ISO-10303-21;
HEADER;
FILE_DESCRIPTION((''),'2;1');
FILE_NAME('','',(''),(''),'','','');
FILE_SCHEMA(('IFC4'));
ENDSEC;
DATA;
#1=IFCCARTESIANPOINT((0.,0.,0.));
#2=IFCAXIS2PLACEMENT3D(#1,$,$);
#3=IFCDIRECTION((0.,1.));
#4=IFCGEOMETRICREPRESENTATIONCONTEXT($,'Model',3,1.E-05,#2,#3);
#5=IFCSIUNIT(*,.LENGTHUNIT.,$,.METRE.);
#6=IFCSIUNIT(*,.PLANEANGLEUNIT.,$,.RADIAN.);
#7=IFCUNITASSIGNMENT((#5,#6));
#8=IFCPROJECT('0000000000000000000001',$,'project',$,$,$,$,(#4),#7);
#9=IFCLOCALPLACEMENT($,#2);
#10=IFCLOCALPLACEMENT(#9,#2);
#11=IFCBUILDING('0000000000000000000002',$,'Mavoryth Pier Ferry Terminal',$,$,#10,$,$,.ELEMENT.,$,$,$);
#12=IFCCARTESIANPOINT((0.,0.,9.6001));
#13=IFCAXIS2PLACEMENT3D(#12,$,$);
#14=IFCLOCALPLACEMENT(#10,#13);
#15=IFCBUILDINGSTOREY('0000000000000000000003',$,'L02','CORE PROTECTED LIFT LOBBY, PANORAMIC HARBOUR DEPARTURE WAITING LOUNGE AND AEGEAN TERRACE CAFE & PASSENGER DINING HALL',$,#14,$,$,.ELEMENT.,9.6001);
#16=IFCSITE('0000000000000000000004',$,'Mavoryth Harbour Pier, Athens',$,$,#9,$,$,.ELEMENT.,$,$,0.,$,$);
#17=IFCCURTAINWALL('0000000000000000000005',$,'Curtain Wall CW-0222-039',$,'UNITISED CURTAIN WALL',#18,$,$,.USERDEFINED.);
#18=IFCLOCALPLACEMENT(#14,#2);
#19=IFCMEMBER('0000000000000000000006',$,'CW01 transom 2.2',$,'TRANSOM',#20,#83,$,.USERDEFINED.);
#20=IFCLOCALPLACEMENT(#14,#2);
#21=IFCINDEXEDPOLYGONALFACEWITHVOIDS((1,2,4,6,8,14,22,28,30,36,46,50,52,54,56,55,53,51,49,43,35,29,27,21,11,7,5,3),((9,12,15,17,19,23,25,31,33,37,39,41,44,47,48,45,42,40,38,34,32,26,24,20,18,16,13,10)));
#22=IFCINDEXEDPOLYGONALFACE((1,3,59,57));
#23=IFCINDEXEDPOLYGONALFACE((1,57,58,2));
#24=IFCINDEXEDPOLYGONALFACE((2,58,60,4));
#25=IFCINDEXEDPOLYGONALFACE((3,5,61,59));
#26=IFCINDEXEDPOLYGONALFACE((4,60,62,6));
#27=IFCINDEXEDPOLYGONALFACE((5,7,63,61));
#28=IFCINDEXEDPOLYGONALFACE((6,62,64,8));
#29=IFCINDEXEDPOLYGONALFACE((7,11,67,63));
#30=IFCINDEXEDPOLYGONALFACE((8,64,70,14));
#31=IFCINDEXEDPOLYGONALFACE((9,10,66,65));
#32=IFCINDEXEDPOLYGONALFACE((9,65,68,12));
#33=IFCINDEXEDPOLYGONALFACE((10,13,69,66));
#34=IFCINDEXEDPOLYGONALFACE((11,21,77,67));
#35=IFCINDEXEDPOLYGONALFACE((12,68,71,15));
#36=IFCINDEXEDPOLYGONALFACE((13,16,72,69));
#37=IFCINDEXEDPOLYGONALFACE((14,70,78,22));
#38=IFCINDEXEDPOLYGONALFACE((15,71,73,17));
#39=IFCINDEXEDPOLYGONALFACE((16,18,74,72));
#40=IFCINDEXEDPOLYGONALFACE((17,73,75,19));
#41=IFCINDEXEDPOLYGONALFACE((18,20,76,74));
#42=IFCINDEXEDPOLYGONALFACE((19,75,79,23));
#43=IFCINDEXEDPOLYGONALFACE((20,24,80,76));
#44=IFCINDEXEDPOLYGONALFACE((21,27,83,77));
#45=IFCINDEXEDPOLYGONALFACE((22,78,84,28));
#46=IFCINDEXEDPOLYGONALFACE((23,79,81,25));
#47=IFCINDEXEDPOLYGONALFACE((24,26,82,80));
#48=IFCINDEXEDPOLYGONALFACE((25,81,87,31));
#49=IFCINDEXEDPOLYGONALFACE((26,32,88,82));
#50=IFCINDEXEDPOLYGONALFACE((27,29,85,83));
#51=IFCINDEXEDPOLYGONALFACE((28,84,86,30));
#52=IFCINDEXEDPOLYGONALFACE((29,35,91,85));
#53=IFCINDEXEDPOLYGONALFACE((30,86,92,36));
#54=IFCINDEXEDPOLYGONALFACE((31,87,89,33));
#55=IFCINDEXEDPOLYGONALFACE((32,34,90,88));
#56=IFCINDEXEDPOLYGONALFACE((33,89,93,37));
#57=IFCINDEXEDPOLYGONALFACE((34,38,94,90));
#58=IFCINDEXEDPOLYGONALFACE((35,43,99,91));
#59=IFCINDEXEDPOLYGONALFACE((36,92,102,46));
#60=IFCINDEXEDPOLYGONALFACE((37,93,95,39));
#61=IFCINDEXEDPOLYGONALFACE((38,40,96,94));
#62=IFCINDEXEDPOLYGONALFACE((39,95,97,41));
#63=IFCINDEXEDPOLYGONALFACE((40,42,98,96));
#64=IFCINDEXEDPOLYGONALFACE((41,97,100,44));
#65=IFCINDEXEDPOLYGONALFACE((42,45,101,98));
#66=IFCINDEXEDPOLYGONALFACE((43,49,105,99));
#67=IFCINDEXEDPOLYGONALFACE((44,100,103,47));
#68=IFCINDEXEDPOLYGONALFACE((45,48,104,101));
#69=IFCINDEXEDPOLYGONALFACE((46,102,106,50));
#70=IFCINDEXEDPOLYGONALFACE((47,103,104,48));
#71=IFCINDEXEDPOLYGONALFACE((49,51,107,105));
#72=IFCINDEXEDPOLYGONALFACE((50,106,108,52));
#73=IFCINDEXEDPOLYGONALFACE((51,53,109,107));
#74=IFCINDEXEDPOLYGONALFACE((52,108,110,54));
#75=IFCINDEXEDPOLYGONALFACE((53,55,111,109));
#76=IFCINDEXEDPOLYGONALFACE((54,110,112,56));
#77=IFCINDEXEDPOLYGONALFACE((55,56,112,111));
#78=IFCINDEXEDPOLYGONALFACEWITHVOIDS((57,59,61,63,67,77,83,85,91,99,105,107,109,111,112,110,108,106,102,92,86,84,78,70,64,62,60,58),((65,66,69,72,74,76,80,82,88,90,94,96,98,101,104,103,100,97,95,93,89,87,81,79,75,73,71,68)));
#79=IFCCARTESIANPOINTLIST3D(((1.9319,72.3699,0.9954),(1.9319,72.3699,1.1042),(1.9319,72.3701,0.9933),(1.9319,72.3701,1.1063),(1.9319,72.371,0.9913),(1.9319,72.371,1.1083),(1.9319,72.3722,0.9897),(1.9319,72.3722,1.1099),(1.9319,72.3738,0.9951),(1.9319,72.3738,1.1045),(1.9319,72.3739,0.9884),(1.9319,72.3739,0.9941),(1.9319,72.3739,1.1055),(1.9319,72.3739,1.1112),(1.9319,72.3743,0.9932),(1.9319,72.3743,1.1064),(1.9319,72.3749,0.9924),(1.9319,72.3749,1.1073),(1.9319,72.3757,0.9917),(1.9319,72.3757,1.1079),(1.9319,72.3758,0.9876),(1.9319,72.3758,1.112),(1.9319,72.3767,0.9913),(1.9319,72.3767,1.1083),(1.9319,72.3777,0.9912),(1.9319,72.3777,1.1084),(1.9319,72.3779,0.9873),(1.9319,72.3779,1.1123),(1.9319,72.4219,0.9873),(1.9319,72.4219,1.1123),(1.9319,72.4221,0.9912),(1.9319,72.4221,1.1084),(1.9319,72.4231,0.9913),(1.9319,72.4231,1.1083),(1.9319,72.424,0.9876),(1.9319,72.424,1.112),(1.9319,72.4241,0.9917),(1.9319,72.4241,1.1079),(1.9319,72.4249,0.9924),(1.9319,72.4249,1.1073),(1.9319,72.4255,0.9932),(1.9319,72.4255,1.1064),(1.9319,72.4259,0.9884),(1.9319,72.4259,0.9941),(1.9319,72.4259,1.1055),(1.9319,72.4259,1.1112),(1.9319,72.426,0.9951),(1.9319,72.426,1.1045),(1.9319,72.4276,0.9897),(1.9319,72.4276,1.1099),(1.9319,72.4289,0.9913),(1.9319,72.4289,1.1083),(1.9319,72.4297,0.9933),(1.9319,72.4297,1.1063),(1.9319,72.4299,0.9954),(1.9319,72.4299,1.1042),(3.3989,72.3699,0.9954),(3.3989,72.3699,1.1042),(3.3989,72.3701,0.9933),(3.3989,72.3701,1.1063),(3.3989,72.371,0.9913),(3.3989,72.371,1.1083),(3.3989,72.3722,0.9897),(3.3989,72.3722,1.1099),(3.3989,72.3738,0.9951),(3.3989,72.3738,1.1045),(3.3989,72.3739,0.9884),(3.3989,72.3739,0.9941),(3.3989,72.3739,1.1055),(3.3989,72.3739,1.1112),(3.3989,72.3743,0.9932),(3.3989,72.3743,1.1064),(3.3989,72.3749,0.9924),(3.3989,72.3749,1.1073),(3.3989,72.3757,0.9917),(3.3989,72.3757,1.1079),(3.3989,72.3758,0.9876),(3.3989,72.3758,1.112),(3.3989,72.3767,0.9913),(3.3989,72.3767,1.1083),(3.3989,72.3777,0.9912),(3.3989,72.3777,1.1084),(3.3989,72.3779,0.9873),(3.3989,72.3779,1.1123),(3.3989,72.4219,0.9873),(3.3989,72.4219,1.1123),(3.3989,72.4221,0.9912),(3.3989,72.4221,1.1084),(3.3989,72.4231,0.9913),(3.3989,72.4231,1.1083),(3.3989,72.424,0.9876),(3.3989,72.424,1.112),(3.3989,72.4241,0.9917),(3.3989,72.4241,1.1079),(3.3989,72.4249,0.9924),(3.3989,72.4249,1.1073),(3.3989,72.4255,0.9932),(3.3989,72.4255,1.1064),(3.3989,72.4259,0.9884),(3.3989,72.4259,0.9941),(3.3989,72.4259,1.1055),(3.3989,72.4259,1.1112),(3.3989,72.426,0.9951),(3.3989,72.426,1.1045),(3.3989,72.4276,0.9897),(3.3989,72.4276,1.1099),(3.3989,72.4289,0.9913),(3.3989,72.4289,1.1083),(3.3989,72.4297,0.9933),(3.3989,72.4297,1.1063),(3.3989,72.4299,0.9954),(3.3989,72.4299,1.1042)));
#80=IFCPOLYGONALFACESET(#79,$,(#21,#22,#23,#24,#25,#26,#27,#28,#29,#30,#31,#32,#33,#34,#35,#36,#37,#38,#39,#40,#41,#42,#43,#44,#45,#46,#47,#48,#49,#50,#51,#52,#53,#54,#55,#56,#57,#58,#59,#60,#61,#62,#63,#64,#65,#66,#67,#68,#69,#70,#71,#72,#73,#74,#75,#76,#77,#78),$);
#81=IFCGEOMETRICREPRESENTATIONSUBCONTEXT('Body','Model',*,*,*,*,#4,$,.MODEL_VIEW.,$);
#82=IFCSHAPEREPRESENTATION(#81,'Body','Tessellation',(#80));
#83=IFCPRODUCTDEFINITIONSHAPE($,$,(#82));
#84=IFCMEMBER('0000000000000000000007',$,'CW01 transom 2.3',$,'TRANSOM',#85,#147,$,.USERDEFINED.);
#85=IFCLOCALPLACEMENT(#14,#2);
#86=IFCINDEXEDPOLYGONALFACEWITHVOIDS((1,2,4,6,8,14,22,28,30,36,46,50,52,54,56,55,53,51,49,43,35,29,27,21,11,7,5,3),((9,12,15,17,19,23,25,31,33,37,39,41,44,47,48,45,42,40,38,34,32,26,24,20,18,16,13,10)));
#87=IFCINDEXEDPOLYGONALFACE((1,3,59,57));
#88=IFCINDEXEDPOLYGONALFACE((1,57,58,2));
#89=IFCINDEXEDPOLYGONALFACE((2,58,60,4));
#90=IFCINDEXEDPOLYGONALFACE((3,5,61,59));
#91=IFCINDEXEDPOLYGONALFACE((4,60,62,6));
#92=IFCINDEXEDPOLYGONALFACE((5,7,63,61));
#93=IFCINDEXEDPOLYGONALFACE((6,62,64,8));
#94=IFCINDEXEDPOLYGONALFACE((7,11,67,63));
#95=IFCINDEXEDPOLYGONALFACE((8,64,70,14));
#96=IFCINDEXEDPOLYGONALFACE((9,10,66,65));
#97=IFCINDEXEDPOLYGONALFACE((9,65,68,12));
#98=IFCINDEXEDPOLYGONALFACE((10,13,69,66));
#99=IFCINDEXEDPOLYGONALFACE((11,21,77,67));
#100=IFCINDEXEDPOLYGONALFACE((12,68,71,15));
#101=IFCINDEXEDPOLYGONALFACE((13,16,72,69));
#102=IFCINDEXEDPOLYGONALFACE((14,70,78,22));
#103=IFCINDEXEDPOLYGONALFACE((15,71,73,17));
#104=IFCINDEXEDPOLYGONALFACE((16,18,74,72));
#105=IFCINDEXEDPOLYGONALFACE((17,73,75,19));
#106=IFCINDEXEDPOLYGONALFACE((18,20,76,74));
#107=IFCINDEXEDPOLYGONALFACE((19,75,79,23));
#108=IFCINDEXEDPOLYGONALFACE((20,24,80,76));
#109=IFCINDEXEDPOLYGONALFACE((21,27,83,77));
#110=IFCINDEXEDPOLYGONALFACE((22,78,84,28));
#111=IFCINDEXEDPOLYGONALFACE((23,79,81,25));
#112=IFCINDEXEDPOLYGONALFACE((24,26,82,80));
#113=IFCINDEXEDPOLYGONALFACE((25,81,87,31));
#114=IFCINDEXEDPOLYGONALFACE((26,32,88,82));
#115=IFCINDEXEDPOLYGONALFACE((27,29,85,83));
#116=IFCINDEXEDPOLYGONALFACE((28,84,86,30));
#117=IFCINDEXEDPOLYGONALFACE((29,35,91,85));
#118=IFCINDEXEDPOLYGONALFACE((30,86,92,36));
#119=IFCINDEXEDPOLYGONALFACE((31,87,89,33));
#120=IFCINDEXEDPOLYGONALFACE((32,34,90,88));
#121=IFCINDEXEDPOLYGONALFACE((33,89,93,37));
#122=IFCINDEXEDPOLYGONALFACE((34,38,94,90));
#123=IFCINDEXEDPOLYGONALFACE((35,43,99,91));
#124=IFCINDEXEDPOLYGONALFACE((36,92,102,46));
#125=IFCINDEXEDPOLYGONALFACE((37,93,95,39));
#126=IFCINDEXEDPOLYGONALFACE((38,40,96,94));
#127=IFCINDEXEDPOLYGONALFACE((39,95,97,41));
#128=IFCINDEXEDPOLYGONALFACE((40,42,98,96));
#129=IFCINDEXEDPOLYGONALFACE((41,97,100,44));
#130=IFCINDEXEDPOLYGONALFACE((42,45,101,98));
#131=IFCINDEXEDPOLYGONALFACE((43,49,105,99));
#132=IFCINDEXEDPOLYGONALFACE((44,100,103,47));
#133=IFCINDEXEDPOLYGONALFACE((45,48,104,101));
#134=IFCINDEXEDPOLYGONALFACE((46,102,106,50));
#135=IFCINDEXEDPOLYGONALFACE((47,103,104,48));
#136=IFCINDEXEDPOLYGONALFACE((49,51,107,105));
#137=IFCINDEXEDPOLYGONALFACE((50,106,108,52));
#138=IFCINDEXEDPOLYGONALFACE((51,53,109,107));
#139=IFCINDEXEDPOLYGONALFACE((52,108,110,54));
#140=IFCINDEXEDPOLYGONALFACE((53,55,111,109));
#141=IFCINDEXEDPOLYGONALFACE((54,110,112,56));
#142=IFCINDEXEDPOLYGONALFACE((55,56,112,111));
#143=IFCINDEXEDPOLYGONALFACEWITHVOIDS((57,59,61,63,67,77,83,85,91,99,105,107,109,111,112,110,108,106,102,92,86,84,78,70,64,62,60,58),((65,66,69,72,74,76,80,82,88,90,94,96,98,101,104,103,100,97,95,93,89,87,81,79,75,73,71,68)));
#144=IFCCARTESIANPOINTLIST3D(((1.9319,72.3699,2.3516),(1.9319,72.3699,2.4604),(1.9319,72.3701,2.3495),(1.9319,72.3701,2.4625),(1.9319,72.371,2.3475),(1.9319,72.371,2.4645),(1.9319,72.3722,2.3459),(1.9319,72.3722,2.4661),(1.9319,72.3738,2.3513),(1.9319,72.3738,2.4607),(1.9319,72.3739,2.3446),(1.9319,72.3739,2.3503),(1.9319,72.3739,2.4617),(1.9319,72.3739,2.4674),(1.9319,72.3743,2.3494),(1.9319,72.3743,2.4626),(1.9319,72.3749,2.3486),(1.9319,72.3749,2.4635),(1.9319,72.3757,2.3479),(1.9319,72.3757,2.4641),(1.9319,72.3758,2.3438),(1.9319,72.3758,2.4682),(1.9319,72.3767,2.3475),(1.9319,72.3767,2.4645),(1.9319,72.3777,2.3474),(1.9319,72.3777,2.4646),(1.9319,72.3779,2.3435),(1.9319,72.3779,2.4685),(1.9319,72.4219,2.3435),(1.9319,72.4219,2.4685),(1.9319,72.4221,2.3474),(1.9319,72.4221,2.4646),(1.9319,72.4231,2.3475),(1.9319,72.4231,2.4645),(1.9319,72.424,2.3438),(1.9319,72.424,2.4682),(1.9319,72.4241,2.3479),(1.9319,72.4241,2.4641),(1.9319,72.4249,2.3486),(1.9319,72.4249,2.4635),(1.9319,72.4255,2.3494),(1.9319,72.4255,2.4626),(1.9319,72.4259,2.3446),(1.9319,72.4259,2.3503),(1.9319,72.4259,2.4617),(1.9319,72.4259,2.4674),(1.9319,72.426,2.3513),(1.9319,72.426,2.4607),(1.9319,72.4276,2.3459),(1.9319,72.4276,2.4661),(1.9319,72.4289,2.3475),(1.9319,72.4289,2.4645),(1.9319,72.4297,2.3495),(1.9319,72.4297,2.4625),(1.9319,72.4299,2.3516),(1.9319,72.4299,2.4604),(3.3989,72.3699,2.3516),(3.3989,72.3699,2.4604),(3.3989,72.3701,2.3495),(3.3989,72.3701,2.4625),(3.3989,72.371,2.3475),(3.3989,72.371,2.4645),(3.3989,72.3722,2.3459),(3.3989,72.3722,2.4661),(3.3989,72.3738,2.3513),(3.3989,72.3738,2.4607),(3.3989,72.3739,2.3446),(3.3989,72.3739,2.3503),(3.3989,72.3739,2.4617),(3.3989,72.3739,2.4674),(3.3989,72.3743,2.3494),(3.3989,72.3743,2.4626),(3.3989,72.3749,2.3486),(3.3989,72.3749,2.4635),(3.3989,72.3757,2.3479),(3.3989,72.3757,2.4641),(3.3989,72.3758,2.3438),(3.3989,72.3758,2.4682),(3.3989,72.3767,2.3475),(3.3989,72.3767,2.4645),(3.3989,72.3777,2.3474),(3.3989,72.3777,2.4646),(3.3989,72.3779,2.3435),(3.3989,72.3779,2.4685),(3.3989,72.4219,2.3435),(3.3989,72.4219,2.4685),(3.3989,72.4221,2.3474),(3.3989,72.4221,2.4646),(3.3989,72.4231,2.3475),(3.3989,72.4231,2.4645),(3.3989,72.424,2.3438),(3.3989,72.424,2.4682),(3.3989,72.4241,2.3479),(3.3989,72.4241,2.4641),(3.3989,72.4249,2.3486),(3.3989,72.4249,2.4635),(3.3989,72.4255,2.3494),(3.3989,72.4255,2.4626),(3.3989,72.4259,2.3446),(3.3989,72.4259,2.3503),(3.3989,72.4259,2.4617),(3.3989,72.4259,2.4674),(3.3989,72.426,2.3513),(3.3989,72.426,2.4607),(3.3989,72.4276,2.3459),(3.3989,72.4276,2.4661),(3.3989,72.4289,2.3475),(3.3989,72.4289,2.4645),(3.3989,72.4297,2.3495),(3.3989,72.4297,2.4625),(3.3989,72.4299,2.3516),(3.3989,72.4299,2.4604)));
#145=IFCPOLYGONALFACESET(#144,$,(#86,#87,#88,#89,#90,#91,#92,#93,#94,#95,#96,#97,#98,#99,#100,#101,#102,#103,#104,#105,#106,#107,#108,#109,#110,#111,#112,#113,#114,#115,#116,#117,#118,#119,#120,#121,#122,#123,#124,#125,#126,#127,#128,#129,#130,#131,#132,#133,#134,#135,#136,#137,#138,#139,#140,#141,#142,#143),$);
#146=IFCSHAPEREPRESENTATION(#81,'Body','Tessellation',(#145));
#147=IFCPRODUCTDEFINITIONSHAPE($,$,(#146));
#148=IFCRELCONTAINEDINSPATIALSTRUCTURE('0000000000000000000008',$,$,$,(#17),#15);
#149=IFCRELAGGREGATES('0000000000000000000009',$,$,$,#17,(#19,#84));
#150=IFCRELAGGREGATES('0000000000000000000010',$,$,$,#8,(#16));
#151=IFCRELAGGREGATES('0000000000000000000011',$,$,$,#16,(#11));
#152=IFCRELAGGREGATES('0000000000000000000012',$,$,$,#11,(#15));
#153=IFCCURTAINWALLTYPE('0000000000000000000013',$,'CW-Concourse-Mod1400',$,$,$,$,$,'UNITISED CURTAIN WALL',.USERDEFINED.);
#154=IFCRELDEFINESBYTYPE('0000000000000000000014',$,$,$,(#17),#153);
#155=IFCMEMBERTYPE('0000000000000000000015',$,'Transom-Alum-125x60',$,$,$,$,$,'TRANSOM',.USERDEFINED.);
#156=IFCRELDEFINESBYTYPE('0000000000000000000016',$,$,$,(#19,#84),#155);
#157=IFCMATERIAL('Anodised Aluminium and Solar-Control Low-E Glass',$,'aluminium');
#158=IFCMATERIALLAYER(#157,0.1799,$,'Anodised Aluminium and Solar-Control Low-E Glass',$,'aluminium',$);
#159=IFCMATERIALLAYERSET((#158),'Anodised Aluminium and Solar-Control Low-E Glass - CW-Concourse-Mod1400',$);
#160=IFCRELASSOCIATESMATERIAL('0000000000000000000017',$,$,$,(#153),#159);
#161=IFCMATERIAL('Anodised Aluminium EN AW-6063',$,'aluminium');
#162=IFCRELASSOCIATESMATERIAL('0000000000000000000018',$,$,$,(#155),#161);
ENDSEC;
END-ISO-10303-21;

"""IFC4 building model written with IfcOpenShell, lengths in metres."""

from ifc_helpers import new_model, si_unit, direction, frame, origin, origin_2d, place, context, subcontext, project, spatial, hollow_rectangle, extrude, material, layer, layer_set, material_profile, profile_set, type_object, element, aggregate, save


model = new_model("IFC4")

# Units and contexts
model_context = context("Model", 3, precision=1e-05, world=origin(), true_north=direction((0.0, 1.0)))
body_context = subcontext(model_context, "Body", "Model", "MODEL_VIEW")
ifc_project = project(units=[si_unit("LENGTHUNIT", "METRE"), si_unit("PLANEANGLEUNIT", "RADIAN")], contexts=[model_context])

# Site, building, storey
site_placement = place(None, origin())
site = spatial("IfcSite", under=ifc_project, at=site_placement, Name="Mavoryth Harbour Pier, Athens", CompositionType="ELEMENT", RefElevation=0.0)
building_placement = place(site_placement, origin())
building = spatial("IfcBuilding", under=site, at=building_placement, Name="Mavoryth Pier Ferry Terminal", CompositionType="ELEMENT")
storey_placement = place(building_placement, frame((0.0, 0.0, 9.6001)))
storey = spatial("IfcBuildingStorey", under=building, at=storey_placement, Name="L02", Description="CORE PROTECTED LIFT LOBBY, PANORAMIC HARBOUR DEPARTURE WAITING LOUNGE AND AEGEAN TERRACE CAFE & PASSENGER DINING HALL", CompositionType="ELEMENT", Elevation=9.6001)

# Curtain wall
ifc_material_1 = material(Name="Anodised Aluminium and Solar-Control Low-E Glass", Category="aluminium")
ifc_layer_1 = layer(ifc_material_1, 0.1799, Name="Anodised Aluminium and Solar-Control Low-E Glass", Category="aluminium")
ifc_layer_set_1 = layer_set([ifc_layer_1], Name="Anodised Aluminium and Solar-Control Low-E Glass - CW-Concourse-Mod1400")
curtain_wall_type = type_object("IfcCurtainWallType", Name="CW-Concourse-Mod1400", ElementType="UNITISED CURTAIN WALL", PredefinedType="USERDEFINED", material=ifc_layer_set_1)
curtain_wall_placement = place(storey_placement, origin())
curtain_wall = element("IfcCurtainWall", 1, at=curtain_wall_placement, inside=storey, type_object=curtain_wall_type, Name="Curtain Wall CW-0222-039", ObjectType="UNITISED CURTAIN WALL", PredefinedType="USERDEFINED")
ifc_material_2 = material(Name="Anodised Aluminium EN AW-6063", Category="aluminium")

# Members
ifc_material_profile_1 = material_profile(ifc_material_2, hollow_rectangle(XDim=0.0601, YDim=0.125, WallThickness=0.0039, InnerFilletRadius=0.0039, OuterFilletRadius=0.0081, at=origin_2d()), Name="AL-TRAN 125x60x4", Category="aluminium")
ifc_profile_set_1 = profile_set([ifc_material_profile_1], Name="Anodised Aluminium EN AW-6063 - AL-TRAN 125x60x4")
member_type_1 = type_object("IfcMemberType", Name="Transom-Alum-125x60", ElementType="TRANSOM", PredefinedType="USERDEFINED", material=ifc_profile_set_1)
member_1_placement = place(storey_placement, frame((1.9319, 72.3999, 1.0498), z_axis=(1.0, 0.0, 0.0), x_axis=(0.0, 1.0, 0.0)))
member_1 = element("IfcMember", 2, at=member_1_placement, type_object=member_type_1, Name="CW01 transom 2.2", ObjectType="TRANSOM", PredefinedType="USERDEFINED", context=body_context, shape_type="SweptSolid", body=[
    extrude(hollow_rectangle(XDim=0.0601, YDim=0.125, WallThickness=0.0039, InnerFilletRadius=0.0039, OuterFilletRadius=0.0081, at=origin_2d()), origin(), (0.0, 0.0, 1.0), 1.467),
])
member_2_placement = place(storey_placement, frame((1.9319, 72.3999, 2.406), z_axis=(1.0, 0.0, 0.0), x_axis=(0.0, 1.0, 0.0)))
member_2 = element("IfcMember", 3, at=member_2_placement, type_object=member_type_1, Name="CW01 transom 2.3", ObjectType="TRANSOM", PredefinedType="USERDEFINED", context=body_context, shape_type="SweptSolid", body=[
    extrude(hollow_rectangle(XDim=0.0601, YDim=0.125, WallThickness=0.0039, InnerFilletRadius=0.0039, OuterFilletRadius=0.0081, at=origin_2d()), origin(), (0.0, 0.0, 1.0), 1.467),
])

aggregate(curtain_wall, [member_1, member_2])

save(model, "model.ifc")
